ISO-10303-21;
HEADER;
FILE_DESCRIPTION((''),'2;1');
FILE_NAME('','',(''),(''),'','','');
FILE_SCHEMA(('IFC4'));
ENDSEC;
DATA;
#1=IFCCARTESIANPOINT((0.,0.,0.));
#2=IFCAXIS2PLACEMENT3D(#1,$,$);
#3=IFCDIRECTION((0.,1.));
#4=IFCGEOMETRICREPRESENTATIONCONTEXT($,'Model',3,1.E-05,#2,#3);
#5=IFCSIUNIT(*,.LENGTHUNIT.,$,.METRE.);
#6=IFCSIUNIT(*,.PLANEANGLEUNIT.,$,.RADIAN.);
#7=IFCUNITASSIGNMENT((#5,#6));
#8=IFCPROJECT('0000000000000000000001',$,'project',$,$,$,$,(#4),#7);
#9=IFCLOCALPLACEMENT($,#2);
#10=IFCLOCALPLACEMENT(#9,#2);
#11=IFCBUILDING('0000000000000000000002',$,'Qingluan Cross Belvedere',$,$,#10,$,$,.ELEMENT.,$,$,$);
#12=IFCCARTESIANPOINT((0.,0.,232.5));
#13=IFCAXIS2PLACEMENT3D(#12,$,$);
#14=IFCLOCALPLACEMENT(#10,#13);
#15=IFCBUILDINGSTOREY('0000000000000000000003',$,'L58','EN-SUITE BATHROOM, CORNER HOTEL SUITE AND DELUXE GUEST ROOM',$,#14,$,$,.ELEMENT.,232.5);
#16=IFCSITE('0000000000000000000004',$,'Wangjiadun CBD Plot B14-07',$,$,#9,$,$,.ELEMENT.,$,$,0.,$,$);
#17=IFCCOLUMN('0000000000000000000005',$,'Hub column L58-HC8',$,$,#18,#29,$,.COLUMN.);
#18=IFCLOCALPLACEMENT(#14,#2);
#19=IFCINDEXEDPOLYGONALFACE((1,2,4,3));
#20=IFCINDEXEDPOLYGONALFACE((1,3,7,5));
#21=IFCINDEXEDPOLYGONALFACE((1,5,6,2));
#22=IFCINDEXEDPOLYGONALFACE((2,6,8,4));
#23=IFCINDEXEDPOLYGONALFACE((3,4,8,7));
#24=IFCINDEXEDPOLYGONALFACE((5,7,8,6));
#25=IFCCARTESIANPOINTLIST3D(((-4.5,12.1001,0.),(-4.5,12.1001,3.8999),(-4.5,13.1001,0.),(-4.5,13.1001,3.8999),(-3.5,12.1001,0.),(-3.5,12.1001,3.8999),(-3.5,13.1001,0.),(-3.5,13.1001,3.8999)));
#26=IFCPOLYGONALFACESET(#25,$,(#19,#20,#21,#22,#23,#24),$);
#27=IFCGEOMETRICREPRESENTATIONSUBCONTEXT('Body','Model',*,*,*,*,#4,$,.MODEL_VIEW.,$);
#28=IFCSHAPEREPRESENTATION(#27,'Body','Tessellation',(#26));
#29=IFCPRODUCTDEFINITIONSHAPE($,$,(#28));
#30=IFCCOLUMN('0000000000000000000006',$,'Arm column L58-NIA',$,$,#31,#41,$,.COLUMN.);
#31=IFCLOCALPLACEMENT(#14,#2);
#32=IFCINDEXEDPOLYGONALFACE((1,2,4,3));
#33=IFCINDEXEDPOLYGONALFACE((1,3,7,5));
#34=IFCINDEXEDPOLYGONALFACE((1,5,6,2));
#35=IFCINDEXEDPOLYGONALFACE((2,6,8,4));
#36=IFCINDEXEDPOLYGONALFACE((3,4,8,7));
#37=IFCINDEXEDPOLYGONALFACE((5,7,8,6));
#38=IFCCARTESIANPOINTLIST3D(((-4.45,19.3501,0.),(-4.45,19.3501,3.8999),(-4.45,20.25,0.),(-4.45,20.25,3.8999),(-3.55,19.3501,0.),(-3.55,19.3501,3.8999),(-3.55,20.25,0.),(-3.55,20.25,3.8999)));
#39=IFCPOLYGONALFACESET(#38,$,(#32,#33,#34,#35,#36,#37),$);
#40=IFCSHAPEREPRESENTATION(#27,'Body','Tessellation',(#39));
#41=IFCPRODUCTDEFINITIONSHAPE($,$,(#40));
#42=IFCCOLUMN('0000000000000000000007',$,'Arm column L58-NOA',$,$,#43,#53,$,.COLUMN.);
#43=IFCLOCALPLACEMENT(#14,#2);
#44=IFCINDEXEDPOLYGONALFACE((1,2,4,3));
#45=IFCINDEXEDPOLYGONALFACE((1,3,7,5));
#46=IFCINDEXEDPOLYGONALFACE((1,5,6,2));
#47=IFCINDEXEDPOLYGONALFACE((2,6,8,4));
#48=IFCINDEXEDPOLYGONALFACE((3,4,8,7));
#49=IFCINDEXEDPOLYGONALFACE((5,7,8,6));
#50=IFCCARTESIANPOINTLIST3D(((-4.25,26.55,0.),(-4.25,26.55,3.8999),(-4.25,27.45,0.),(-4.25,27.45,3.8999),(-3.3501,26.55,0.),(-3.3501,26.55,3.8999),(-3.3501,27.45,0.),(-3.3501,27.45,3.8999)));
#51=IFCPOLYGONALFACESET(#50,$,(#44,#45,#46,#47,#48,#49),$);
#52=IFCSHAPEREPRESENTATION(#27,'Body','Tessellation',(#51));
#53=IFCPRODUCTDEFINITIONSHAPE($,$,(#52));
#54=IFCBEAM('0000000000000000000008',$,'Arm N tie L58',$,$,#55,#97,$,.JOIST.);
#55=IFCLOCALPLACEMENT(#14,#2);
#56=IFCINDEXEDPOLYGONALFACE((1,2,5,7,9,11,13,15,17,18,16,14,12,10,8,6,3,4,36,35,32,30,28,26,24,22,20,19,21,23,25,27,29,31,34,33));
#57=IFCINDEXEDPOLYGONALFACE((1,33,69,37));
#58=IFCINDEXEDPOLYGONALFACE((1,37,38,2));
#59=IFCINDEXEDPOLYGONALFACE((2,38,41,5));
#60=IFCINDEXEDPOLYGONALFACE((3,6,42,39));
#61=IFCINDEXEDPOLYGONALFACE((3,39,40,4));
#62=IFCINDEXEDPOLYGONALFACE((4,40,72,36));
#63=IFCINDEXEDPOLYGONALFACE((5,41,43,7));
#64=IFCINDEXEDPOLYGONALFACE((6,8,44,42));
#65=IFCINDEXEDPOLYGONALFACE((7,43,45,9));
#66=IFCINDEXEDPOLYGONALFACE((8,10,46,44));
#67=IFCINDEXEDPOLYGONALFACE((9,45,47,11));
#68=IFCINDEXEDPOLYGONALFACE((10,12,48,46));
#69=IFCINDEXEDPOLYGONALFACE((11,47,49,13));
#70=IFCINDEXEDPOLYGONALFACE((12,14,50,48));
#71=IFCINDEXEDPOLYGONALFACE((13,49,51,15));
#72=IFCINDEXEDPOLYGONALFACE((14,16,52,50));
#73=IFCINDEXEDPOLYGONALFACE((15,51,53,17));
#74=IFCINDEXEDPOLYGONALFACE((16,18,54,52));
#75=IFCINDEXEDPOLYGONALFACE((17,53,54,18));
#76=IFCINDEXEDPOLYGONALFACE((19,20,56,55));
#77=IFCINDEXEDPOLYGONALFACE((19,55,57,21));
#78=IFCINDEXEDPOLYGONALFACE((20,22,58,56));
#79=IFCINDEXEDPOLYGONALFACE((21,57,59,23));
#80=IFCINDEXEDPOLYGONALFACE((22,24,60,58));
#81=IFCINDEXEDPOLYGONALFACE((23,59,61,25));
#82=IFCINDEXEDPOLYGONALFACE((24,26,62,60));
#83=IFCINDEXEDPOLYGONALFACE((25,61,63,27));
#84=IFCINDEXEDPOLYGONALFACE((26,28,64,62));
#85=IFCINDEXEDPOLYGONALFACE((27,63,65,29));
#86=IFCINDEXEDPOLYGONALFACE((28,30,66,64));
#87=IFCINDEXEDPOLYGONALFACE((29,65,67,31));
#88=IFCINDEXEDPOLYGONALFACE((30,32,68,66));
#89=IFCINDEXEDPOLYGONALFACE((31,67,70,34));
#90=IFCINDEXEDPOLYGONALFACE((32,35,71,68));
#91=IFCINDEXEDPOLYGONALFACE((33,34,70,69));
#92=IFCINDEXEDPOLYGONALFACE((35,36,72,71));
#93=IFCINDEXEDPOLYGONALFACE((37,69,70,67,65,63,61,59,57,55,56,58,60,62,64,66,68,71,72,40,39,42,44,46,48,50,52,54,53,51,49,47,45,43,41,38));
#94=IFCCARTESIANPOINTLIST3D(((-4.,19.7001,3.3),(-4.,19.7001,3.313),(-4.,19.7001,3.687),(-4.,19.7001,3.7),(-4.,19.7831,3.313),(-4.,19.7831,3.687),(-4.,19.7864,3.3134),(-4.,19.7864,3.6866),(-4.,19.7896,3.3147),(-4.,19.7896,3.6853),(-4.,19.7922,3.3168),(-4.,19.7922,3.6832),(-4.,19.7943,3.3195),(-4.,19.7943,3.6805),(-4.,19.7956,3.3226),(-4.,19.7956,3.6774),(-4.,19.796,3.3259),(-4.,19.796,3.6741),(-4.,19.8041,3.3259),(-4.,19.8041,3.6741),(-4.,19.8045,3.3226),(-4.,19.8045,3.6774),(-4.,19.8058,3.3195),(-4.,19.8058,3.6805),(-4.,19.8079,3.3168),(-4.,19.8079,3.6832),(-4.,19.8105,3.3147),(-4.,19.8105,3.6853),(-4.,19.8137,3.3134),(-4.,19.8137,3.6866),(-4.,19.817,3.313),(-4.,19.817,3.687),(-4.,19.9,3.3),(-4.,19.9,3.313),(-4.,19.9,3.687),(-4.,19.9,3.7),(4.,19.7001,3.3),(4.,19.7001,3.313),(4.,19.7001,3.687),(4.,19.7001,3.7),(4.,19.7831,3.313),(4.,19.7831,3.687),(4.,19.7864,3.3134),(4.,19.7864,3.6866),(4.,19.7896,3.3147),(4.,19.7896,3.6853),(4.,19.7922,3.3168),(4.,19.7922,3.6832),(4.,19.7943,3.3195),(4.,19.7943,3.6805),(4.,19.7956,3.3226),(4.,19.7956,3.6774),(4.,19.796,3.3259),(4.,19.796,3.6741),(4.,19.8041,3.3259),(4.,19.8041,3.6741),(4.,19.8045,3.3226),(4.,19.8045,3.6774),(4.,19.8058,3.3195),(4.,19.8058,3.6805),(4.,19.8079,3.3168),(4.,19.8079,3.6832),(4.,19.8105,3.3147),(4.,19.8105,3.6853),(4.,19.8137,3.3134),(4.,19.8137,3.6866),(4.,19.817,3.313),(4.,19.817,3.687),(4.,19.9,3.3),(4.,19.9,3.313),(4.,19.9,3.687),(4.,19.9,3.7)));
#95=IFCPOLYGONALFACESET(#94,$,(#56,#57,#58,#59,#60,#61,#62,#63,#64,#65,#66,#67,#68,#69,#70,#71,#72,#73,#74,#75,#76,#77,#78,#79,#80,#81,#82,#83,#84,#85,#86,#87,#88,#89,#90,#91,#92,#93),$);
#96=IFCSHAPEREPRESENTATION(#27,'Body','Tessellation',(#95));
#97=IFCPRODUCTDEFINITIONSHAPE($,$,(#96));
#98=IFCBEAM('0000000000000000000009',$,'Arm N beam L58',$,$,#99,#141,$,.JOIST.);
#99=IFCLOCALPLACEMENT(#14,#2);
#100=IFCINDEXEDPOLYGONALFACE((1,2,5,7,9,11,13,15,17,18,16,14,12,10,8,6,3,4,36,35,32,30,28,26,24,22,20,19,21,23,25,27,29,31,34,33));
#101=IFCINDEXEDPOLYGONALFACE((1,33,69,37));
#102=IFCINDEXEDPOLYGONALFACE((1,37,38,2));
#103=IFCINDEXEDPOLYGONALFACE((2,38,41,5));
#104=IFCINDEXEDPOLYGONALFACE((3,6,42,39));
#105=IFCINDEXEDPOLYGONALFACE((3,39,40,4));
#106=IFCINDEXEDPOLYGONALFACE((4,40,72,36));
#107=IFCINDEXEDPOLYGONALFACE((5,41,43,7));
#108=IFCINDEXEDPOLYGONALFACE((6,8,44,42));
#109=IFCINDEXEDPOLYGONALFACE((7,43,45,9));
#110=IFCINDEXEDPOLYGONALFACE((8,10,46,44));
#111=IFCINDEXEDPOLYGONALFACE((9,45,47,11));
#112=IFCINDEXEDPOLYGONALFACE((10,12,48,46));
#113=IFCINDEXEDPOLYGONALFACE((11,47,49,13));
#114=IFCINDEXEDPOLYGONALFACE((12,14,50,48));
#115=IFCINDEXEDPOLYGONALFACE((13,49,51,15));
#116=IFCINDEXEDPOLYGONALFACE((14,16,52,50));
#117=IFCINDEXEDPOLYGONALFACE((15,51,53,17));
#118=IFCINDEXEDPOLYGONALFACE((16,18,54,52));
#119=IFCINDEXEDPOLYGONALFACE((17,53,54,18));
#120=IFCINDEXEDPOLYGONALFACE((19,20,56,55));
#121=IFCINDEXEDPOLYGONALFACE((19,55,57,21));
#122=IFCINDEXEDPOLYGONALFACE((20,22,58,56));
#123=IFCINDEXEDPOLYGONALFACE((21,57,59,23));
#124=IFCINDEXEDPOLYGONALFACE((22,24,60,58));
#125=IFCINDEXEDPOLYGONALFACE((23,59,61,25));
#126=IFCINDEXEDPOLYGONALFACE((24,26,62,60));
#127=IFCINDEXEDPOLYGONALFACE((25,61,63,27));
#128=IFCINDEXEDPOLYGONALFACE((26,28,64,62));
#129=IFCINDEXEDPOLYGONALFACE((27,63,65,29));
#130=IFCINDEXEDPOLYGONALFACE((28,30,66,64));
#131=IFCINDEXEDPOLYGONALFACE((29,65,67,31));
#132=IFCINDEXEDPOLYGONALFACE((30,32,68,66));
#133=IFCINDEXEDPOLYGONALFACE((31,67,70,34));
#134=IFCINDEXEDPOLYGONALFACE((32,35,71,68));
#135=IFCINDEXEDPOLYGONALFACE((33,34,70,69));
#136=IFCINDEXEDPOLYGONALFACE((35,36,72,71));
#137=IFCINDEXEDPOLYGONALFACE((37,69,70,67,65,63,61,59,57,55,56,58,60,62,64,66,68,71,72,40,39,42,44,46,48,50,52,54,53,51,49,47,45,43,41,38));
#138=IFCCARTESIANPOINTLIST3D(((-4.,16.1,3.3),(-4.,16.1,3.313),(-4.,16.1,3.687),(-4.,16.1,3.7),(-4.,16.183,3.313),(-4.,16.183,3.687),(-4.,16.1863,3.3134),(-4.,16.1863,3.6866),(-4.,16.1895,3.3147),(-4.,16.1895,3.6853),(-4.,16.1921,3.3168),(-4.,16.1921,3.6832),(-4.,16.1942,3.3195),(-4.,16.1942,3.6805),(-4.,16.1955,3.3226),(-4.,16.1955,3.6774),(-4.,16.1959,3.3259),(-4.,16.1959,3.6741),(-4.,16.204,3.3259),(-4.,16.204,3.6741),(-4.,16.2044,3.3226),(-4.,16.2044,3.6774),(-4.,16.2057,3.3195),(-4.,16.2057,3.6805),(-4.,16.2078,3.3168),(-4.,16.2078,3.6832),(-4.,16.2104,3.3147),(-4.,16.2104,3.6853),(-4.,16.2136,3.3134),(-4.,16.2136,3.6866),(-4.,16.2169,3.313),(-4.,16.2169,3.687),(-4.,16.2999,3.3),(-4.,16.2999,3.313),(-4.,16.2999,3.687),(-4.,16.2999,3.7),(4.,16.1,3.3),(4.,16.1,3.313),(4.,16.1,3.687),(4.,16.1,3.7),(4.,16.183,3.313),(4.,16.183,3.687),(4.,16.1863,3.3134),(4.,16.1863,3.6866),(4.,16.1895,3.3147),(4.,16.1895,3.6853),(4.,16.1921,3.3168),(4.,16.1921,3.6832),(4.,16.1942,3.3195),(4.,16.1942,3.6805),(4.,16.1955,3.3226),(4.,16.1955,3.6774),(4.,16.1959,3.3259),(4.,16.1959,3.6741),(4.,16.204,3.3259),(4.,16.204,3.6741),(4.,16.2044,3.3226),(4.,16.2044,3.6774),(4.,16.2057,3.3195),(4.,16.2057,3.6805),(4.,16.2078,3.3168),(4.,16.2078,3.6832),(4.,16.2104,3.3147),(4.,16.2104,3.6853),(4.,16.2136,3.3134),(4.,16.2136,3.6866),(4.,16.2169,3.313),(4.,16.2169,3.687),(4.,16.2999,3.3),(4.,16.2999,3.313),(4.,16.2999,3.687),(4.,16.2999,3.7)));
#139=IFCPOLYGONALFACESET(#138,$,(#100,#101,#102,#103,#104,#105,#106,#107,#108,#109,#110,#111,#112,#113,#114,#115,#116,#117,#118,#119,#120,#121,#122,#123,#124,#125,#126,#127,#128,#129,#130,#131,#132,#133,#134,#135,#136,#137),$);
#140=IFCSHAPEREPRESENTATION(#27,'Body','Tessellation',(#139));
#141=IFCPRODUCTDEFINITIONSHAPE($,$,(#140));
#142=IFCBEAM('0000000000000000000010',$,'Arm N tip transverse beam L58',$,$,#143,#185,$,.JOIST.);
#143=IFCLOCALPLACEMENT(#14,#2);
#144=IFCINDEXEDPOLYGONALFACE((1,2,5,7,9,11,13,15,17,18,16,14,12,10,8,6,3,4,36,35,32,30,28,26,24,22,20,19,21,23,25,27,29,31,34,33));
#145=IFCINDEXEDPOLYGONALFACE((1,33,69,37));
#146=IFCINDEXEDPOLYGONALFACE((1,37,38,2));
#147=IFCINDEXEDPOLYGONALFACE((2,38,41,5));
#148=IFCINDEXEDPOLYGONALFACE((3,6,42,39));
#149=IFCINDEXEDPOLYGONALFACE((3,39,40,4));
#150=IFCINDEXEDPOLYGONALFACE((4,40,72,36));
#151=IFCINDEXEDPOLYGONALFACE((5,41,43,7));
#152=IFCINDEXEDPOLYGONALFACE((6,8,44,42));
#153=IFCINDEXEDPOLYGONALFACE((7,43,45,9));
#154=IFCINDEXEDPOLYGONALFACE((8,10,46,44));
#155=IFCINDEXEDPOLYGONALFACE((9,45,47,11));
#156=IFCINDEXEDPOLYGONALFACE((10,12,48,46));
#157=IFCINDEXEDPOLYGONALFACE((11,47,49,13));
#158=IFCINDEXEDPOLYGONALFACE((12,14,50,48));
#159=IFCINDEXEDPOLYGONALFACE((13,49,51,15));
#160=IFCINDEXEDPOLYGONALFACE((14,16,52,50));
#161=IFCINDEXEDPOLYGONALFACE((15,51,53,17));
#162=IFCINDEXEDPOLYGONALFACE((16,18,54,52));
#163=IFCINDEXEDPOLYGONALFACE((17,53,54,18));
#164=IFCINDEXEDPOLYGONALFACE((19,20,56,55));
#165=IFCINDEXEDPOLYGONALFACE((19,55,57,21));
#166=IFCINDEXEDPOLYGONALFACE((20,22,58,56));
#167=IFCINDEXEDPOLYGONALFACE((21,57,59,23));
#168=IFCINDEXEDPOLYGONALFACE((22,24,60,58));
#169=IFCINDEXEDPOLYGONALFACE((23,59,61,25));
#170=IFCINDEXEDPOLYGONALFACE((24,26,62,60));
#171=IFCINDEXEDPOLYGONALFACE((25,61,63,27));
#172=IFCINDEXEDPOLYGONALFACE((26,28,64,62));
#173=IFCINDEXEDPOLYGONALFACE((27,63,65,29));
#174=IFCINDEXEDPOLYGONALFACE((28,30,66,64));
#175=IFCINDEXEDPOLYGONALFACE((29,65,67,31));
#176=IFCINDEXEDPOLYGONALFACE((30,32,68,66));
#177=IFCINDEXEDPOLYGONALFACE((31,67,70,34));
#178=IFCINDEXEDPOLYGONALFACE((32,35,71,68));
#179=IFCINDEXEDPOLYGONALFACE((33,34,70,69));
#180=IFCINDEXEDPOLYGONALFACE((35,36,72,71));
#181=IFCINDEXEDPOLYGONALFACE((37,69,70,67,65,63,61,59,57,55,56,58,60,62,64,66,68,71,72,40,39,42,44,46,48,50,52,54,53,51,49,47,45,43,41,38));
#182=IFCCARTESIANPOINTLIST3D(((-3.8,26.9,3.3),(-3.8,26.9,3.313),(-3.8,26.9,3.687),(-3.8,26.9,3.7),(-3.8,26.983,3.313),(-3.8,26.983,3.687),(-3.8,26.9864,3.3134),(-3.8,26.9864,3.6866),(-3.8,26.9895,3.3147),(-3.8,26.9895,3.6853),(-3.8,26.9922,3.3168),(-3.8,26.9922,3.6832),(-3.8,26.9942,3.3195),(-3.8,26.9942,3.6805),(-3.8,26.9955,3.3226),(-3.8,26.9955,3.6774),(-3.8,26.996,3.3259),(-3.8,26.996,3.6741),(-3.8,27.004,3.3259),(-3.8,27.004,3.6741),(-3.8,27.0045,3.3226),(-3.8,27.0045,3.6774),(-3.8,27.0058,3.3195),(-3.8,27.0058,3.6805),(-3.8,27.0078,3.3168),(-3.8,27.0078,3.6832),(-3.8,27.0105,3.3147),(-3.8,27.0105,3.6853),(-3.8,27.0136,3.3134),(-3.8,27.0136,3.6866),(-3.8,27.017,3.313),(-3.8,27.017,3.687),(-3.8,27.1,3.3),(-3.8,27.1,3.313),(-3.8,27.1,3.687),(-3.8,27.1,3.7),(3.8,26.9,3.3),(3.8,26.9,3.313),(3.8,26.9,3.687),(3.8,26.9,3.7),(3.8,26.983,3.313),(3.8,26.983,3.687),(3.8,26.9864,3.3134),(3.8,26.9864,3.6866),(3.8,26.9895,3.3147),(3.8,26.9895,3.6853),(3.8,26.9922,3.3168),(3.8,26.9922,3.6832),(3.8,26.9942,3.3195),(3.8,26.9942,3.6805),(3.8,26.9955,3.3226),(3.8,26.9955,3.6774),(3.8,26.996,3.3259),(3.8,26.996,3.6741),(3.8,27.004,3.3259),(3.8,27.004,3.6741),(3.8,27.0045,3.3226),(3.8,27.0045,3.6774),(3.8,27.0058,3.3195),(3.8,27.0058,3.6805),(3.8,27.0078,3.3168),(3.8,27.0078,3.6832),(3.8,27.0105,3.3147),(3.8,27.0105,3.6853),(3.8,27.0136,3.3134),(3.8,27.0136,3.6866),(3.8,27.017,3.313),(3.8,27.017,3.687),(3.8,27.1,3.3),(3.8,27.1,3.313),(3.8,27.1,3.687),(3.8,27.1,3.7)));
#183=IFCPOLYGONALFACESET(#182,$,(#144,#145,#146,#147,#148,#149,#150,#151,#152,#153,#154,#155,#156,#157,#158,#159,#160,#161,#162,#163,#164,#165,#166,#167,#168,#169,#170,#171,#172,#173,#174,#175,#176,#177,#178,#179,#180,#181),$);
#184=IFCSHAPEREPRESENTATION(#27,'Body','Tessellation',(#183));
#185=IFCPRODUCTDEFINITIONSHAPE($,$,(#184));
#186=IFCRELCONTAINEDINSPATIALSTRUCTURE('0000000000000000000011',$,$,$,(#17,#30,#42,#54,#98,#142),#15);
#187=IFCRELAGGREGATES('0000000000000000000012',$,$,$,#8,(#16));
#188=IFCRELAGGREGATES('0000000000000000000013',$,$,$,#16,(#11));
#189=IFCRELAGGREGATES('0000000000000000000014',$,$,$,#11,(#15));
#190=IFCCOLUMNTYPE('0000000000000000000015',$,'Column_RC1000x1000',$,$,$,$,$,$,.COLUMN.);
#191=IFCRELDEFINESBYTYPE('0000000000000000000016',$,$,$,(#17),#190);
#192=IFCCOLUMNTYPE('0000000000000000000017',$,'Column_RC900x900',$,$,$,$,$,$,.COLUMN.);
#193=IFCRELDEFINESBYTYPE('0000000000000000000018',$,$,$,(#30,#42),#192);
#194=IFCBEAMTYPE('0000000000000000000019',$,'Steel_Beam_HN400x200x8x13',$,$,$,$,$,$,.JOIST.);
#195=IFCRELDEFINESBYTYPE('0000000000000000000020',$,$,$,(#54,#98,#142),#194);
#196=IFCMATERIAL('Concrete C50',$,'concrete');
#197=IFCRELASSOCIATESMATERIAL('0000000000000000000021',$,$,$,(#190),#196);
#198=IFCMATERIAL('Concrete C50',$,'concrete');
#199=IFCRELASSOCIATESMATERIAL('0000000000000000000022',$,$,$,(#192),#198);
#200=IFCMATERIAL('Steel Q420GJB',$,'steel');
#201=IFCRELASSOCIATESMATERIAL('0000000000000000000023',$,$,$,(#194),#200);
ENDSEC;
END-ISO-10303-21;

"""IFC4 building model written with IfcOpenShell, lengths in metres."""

from ifc_helpers import new_model, si_unit, direction, frame, origin, origin_2d, place, context, subcontext, project, spatial, rectangle, i_section, extrude, material, material_profile, profile_set, type_object, element, save


model = new_model("IFC4")

# Units and contexts
model_context = context("Model", 3, precision=1e-05, world=origin(), true_north=direction((0.0, 1.0)))
body_context = subcontext(model_context, "Body", "Model", "MODEL_VIEW")
ifc_project = project(units=[si_unit("LENGTHUNIT", "METRE"), si_unit("PLANEANGLEUNIT", "RADIAN")], contexts=[model_context])

# Site, building, storey
site_placement = place(None, origin())
site = spatial("IfcSite", under=ifc_project, at=site_placement, Name="Wangjiadun CBD Plot B14-07", CompositionType="ELEMENT", RefElevation=0.0)
building_placement = place(site_placement, origin())
building = spatial("IfcBuilding", under=site, at=building_placement, Name="Qingluan Cross Belvedere", CompositionType="ELEMENT")
storey_placement = place(building_placement, frame((0.0, 0.0, 232.5)))
storey = spatial("IfcBuildingStorey", under=building, at=storey_placement, Name="L58", Description="EN-SUITE BATHROOM, CORNER HOTEL SUITE AND DELUXE GUEST ROOM", CompositionType="ELEMENT", Elevation=232.5)

# Columns
ifc_material_1 = material(Name="Concrete C50", Category="concrete")
ifc_material_profile_1 = material_profile(ifc_material_1, rectangle(XDim=1.0, YDim=1.0, at=origin_2d()), Name="RC1000x1000")
ifc_profile_set_1 = profile_set([ifc_material_profile_1], Name="Concrete C50")
column_type_1 = type_object("IfcColumnType", Name="Column_RC1000x1000", PredefinedType="COLUMN", material=ifc_profile_set_1)
column_placement = place(storey_placement, frame((-4.0, 12.6001, 0.0), z_axis=(0.0, 0.0, 1.0), x_axis=(1.0, 0.0, 0.0)))
element("IfcColumn", 1, at=column_placement, inside=storey, type_object=column_type_1, Name="Hub column L58-HC8", PredefinedType="COLUMN", context=body_context, shape_type="SweptSolid", body=[
    extrude(rectangle(XDim=1.0, YDim=1.0, at=origin_2d()), origin(), (0.0, 0.0, 1.0), 3.8999),
])
ifc_material_2 = material(Name="Concrete C50", Category="concrete")
ifc_material_profile_2 = material_profile(ifc_material_2, rectangle(XDim=0.8999, YDim=0.8999, at=origin_2d()), Name="RC900x900")
ifc_profile_set_2 = profile_set([ifc_material_profile_2], Name="Concrete C50")
column_type_2 = type_object("IfcColumnType", Name="Column_RC900x900", PredefinedType="COLUMN", material=ifc_profile_set_2)
for number, where, z_axis, x_axis, name in (
    (2, (-4.0, 19.8, 0.0), (0.0, 0.0, 1.0), (1.0, 0.0, 0.0), "Arm column L58-NIA"),
    (3, (-3.8, 27.0, 0.0), (0.0, 0.0, 1.0), (1.0, 0.0, 0.0), "Arm column L58-NOA"),
):
    element("IfcColumn", number, at=place(storey_placement, frame(where, z_axis=z_axis, x_axis=x_axis)), inside=storey, type_object=column_type_2, Name=name, PredefinedType="COLUMN", context=body_context, shape_type="SweptSolid", body=[
        extrude(rectangle(XDim=0.8999, YDim=0.8999, at=origin_2d()), origin(), (0.0, 0.0, 1.0), 3.8999),
    ])

# Beams
ifc_material_3 = material(Name="Steel Q420GJB", Category="steel")
ifc_material_profile_3 = material_profile(ifc_material_3, i_section(OverallWidth=0.2, OverallDepth=0.3999, WebThickness=0.0081, FlangeThickness=0.0129, FilletRadius=0.0129, at=origin_2d()), Name="HN400x200x8x13")
ifc_profile_set_3 = profile_set([ifc_material_profile_3], Name="Steel Q420GJB")
beam_type_1 = type_object("IfcBeamType", Name="Steel_Beam_HN400x200x8x13", PredefinedType="JOIST", material=ifc_profile_set_3)
for number, where, z_axis, x_axis, name in (
    (4, (-4.0, 19.8, 3.5), (1.0, 0.0, 0.0), (0.0, 1.0, 0.0), "Arm N tie L58"),
    (5, (-4.0, 16.2, 3.5), (1.0, 0.0, 0.0), (0.0, 1.0, 0.0), "Arm N beam L58"),
):
    element("IfcBeam", number, at=place(storey_placement, frame(where, z_axis=z_axis, x_axis=x_axis)), inside=storey, type_object=beam_type_1, Name=name, PredefinedType="JOIST", context=body_context, shape_type="SweptSolid", body=[
        extrude(i_section(OverallWidth=0.2, OverallDepth=0.3999, WebThickness=0.0081, FlangeThickness=0.0129, FilletRadius=0.0129, at=origin_2d()), origin(), (0.0, 0.0, 1.0), 8.0),
    ])
beam_1_placement = place(storey_placement, frame((-3.8, 27.0, 3.5), z_axis=(1.0, 0.0, 0.0), x_axis=(0.0, 1.0, 0.0)))
element("IfcBeam", 6, at=beam_1_placement, inside=storey, type_object=beam_type_1, Name="Arm N tip transverse beam L58", PredefinedType="JOIST", context=body_context, shape_type="SweptSolid", body=[
    extrude(i_section(OverallWidth=0.2, OverallDepth=0.3999, WebThickness=0.0081, FlangeThickness=0.0129, FilletRadius=0.0129, at=origin_2d()), origin(), (0.0, 0.0, 1.0), 7.6001),
])

save(model, "model.ifc")
